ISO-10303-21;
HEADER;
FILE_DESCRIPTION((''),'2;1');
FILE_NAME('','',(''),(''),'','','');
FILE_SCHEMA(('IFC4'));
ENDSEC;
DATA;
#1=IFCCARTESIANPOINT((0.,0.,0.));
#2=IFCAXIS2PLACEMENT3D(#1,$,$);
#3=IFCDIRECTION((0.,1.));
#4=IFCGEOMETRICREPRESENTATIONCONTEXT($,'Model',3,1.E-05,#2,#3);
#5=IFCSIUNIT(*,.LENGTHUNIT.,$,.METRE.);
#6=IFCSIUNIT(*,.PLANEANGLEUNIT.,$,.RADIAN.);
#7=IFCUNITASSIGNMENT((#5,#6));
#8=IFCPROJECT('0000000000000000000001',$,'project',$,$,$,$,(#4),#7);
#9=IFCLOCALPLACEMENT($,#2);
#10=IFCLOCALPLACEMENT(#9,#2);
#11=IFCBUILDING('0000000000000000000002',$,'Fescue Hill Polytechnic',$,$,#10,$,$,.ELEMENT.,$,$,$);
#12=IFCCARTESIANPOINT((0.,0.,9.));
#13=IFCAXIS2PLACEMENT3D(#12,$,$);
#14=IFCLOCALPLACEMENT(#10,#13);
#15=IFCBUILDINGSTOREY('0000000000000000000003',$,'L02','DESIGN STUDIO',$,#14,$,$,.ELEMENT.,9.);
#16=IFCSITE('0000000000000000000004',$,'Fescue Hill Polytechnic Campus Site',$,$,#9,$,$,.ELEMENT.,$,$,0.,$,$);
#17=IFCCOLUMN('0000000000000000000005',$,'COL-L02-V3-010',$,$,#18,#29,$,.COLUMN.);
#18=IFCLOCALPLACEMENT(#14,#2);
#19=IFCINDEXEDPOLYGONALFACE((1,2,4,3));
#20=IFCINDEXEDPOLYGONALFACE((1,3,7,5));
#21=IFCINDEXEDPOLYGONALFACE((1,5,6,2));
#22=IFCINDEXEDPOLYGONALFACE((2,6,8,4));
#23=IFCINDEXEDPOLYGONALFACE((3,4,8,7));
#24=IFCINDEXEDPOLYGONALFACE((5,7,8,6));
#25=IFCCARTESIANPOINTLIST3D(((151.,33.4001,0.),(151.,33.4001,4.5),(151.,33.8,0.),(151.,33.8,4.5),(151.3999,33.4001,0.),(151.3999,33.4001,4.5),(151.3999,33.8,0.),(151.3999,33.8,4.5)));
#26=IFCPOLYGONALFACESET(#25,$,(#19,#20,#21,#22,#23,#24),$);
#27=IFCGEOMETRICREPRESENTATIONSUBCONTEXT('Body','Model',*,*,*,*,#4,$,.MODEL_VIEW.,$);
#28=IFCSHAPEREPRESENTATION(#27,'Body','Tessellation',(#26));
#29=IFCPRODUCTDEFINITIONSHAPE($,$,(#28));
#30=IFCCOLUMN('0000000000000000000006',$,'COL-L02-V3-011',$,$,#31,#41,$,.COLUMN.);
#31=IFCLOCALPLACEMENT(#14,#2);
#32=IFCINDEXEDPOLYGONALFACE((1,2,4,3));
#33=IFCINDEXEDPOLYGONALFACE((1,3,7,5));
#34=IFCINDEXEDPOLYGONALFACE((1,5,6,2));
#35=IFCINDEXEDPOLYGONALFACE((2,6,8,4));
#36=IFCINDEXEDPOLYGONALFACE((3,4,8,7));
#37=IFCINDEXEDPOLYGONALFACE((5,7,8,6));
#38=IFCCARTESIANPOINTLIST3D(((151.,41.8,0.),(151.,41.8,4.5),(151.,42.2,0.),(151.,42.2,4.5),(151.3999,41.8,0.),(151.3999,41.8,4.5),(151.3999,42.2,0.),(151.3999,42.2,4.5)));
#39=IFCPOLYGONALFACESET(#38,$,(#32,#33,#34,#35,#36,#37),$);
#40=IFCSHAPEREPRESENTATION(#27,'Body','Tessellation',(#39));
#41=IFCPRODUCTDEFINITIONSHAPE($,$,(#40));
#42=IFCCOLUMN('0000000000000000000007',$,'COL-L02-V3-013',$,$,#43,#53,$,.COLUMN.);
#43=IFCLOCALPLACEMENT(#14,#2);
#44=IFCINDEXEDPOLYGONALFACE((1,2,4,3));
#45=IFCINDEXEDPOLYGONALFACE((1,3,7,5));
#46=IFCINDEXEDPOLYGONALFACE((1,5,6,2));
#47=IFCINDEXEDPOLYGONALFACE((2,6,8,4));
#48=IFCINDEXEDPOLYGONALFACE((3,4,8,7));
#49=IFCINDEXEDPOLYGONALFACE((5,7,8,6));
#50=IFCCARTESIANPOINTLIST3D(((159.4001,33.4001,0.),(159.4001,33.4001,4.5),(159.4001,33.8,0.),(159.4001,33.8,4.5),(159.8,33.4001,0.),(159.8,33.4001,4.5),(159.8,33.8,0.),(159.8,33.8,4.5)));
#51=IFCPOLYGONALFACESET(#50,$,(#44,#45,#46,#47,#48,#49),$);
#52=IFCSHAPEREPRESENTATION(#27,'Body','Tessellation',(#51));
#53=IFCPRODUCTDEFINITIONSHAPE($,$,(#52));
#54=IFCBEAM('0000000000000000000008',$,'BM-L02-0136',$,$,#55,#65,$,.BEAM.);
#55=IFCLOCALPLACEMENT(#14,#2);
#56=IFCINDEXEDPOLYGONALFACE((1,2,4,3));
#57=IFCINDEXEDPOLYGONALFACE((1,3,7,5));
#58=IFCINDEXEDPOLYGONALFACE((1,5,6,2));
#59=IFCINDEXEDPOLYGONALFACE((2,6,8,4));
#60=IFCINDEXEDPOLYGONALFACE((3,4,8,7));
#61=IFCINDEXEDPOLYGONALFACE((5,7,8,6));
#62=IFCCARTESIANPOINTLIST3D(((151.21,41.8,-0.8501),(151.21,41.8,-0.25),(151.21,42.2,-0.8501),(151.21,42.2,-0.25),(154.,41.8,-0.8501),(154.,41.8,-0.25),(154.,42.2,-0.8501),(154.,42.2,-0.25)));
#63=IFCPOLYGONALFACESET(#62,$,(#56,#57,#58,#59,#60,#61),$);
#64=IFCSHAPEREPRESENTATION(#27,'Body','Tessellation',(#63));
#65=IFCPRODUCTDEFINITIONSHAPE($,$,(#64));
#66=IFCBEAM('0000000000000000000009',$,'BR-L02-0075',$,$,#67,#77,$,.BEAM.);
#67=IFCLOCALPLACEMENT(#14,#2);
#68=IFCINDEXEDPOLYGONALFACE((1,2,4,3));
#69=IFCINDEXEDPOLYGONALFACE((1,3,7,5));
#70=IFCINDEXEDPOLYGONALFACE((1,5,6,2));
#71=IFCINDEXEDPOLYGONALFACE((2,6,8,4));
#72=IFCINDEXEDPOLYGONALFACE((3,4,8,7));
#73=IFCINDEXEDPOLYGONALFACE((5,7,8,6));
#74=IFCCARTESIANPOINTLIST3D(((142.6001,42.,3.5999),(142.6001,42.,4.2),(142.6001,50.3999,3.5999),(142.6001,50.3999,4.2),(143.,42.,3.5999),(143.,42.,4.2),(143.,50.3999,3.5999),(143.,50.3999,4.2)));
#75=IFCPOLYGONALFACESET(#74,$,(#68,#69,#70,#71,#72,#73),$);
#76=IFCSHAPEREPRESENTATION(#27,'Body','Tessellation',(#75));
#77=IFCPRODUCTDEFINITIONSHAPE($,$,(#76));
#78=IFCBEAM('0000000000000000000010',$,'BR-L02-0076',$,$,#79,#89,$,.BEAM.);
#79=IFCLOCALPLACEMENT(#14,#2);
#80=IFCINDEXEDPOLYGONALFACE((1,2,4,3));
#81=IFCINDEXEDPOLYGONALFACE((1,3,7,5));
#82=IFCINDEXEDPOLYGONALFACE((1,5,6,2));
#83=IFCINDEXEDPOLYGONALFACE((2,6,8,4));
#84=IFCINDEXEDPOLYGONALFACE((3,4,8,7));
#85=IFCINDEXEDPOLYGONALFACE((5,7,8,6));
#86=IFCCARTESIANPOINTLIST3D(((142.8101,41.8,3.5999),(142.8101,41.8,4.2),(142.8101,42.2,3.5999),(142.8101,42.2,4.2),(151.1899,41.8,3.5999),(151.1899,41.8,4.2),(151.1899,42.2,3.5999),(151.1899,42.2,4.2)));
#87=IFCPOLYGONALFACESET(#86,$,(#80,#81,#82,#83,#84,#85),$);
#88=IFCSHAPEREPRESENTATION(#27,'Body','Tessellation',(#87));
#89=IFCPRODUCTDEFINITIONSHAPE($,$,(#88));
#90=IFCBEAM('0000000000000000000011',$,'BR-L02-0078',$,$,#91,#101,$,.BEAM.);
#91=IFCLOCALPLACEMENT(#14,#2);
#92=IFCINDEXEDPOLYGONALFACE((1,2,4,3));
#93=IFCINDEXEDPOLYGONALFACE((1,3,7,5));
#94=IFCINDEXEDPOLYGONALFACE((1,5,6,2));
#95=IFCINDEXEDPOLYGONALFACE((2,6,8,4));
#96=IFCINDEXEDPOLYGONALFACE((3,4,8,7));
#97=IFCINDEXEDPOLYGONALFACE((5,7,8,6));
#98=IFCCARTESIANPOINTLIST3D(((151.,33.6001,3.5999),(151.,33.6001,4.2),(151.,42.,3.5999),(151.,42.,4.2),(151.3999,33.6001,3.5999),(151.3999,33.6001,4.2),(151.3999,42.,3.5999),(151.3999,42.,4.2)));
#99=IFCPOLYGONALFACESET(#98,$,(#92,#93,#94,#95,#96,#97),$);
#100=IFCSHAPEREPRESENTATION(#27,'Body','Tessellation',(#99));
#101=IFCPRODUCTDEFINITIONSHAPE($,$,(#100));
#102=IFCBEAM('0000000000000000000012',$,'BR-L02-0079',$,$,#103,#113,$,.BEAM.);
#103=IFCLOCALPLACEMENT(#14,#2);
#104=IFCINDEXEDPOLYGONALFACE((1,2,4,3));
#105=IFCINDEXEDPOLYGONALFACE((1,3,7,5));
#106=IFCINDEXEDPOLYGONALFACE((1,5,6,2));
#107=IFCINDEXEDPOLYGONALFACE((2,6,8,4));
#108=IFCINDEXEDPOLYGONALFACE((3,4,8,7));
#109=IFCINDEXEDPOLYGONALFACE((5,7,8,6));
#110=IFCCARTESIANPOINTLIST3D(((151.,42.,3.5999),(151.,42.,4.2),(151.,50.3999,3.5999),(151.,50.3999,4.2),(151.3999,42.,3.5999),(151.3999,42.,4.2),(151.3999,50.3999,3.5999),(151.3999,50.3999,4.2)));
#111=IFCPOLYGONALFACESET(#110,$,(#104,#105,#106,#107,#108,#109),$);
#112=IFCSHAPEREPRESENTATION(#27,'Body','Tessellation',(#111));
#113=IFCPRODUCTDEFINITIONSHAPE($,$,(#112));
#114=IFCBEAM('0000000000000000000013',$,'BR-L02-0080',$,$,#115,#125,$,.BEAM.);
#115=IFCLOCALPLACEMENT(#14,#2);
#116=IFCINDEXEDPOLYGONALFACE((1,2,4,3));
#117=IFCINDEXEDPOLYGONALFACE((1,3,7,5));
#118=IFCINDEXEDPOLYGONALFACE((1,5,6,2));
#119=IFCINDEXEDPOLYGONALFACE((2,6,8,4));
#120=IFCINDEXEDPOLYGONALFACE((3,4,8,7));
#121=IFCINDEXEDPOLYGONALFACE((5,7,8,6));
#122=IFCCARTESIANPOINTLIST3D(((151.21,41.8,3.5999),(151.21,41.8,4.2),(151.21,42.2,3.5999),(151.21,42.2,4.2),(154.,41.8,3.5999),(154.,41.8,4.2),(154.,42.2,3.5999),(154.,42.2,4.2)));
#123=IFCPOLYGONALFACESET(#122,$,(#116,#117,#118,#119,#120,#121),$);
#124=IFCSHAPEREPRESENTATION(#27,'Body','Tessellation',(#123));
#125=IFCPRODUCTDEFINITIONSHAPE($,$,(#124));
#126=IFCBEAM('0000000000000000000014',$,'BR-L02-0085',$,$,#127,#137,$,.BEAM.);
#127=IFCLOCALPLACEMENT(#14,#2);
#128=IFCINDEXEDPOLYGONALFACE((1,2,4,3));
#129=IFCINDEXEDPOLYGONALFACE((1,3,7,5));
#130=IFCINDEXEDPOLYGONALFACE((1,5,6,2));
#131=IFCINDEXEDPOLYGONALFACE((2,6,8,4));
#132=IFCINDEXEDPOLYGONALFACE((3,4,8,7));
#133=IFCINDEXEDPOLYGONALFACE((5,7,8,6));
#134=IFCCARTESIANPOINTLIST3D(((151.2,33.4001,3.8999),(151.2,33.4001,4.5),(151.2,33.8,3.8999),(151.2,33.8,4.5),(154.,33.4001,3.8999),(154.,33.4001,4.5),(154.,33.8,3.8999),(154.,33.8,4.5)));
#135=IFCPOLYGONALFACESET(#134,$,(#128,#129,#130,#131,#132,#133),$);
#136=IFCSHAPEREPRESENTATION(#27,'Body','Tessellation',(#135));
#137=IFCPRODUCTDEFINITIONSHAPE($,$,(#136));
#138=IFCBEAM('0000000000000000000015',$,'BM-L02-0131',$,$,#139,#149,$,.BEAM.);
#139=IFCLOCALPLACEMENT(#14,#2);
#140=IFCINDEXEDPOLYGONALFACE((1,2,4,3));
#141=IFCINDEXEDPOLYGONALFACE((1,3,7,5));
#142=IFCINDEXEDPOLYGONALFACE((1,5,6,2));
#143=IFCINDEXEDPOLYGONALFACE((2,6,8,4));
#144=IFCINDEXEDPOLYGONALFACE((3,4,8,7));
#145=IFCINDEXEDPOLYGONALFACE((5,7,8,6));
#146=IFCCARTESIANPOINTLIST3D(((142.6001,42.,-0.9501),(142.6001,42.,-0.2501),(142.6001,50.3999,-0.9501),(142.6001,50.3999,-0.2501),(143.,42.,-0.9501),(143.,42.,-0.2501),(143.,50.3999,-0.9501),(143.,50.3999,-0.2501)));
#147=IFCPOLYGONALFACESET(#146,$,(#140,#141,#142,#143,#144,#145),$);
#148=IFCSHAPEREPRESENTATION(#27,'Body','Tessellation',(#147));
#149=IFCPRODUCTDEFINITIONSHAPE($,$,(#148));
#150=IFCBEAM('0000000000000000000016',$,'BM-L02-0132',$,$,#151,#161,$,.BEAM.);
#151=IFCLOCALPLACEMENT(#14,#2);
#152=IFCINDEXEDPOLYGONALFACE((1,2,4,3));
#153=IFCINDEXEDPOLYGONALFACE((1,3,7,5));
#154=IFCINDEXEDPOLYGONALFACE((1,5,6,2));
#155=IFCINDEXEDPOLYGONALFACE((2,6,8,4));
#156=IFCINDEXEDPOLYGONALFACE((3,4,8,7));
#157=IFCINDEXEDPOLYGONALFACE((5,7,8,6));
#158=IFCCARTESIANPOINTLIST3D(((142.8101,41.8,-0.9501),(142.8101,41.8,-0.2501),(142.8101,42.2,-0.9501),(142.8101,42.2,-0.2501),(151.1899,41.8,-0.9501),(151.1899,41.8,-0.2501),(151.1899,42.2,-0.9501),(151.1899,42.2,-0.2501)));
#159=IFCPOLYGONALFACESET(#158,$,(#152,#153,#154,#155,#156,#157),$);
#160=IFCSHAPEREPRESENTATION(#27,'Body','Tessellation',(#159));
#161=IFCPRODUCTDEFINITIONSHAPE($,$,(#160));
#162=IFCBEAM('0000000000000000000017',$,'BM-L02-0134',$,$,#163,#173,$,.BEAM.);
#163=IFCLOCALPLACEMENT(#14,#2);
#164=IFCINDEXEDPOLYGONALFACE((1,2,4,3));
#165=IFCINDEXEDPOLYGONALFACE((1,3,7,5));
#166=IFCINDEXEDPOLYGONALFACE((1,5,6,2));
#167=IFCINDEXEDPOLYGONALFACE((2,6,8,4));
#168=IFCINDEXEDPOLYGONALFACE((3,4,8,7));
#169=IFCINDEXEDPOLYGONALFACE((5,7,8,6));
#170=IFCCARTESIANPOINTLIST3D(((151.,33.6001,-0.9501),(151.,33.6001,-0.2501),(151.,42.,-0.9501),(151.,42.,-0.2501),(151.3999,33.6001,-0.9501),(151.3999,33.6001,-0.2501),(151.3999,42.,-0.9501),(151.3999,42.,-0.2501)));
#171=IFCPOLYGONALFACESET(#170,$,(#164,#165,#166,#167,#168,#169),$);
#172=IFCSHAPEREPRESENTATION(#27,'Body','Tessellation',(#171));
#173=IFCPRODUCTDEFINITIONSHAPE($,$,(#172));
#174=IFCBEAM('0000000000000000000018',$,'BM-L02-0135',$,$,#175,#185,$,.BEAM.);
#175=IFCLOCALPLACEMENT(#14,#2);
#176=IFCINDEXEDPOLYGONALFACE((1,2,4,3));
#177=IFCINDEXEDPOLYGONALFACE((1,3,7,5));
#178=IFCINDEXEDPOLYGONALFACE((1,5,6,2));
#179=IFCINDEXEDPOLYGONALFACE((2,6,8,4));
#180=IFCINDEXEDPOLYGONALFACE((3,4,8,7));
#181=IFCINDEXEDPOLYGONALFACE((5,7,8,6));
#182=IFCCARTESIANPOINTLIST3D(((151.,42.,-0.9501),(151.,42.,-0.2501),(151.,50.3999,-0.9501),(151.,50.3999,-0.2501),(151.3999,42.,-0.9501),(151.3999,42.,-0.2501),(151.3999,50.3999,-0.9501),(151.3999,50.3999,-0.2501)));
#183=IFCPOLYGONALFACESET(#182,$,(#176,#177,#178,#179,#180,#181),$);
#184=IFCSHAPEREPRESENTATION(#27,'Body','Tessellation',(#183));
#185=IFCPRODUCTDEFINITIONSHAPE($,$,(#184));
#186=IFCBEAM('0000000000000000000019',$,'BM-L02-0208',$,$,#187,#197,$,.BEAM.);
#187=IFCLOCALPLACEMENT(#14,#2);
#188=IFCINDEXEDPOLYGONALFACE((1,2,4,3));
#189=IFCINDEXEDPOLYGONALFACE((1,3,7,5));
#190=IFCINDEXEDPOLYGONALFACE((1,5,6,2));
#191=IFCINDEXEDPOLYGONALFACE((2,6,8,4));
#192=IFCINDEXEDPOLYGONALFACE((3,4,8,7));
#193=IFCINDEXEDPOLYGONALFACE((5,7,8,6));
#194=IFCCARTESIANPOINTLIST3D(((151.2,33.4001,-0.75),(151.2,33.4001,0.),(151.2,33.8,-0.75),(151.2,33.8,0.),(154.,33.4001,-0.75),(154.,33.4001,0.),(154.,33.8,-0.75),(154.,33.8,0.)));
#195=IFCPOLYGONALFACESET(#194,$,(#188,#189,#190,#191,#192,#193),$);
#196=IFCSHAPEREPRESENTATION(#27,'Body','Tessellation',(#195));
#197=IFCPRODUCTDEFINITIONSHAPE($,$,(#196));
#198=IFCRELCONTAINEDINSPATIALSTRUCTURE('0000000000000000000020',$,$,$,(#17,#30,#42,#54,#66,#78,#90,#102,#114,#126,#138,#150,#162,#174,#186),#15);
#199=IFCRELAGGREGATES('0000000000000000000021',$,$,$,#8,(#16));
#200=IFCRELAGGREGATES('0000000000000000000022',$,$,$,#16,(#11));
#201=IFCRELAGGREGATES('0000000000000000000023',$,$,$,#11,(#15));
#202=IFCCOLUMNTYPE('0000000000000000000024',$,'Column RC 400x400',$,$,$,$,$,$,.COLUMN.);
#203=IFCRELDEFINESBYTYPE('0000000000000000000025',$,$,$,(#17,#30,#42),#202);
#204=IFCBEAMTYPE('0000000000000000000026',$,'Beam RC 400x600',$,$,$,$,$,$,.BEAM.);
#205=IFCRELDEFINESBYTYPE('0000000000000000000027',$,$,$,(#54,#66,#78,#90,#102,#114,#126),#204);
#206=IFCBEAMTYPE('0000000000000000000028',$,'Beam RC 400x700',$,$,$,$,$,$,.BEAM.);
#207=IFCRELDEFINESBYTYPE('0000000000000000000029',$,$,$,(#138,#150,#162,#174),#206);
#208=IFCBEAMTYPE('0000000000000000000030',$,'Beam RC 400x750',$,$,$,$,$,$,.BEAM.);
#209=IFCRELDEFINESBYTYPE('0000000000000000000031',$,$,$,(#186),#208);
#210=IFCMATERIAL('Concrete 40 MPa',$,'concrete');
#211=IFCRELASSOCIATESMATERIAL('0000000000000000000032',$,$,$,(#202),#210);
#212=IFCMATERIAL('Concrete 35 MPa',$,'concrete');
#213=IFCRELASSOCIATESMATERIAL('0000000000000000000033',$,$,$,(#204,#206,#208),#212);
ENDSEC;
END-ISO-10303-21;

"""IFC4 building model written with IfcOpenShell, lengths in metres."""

from ifc_helpers import new_model, si_unit, direction, frame, origin, origin_2d, place, context, subcontext, project, spatial, rectangle, extrude, material, material_profile, profile_set, type_object, element, save


model = new_model("IFC4")

# Units and contexts
model_context = context("Model", 3, precision=1e-05, world=origin(), true_north=direction((0.0, 1.0)))
body_context = subcontext(model_context, "Body", "Model", "MODEL_VIEW")
ifc_project = project(units=[si_unit("LENGTHUNIT", "METRE"), si_unit("PLANEANGLEUNIT", "RADIAN")], contexts=[model_context])

# Site, building, storey
site_placement = place(None, origin())
site = spatial("IfcSite", under=ifc_project, at=site_placement, Name="Fescue Hill Polytechnic Campus Site", CompositionType="ELEMENT", RefElevation=0.0)
building_placement = place(site_placement, origin())
building = spatial("IfcBuilding", under=site, at=building_placement, Name="Fescue Hill Polytechnic", CompositionType="ELEMENT")
storey_placement = place(building_placement, frame((0.0, 0.0, 9.0)))
storey = spatial("IfcBuildingStorey", under=building, at=storey_placement, Name="L02", Description="DESIGN STUDIO", CompositionType="ELEMENT", Elevation=9.0)

# Columns
ifc_material_1 = material(Name="Concrete 40 MPa", Category="concrete")
ifc_material_profile_1 = material_profile(ifc_material_1, rectangle(XDim=0.3999, YDim=0.3999, at=origin_2d()), Name="RC 400x400")
ifc_profile_set_1 = profile_set([ifc_material_profile_1], Name="Concrete 40 MPa")
column_type = type_object("IfcColumnType", Name="Column RC 400x400", PredefinedType="COLUMN", material=ifc_profile_set_1)
for number, where, z_axis, x_axis, name in (
    (1, (151.2, 33.6001, 0.0), (0.0, 0.0, 1.0), (1.0, 0.0, 0.0), "COL-L02-V3-010"),
    (2, (151.2, 42.0, 0.0), (0.0, 0.0, 1.0), (1.0, 0.0, 0.0), "COL-L02-V3-011"),
    (3, (159.6001, 33.6001, 0.0), (0.0, 0.0, 1.0), (1.0, 0.0, 0.0), "COL-L02-V3-013"),
):
    element("IfcColumn", number, at=place(storey_placement, frame(where, z_axis=z_axis, x_axis=x_axis)), inside=storey, type_object=column_type, Name=name, PredefinedType="COLUMN", context=body_context, shape_type="SweptSolid", body=[
        extrude(rectangle(XDim=0.3999, YDim=0.3999, at=origin_2d()), origin(), (0.0, 0.0, 1.0), 4.5),
    ])

# Beams
ifc_material_2 = material(Name="Concrete 35 MPa", Category="concrete")
ifc_material_profile_2 = material_profile(ifc_material_2, rectangle(XDim=0.3999, YDim=0.6001, at=origin_2d()), Name="RC 400x600")
ifc_profile_set_2 = profile_set([ifc_material_profile_2], Name="Concrete 35 MPa")
beam_type_1 = type_object("IfcBeamType", Name="Beam RC 400x600", PredefinedType="BEAM", material=ifc_profile_set_2)
beam_1_placement = place(storey_placement, frame((151.21, 42.0, -0.55), z_axis=(1.0, 0.0, 0.0), x_axis=(0.0, 1.0, 0.0)))
element("IfcBeam", 4, at=beam_1_placement, inside=storey, type_object=beam_type_1, Name="BM-L02-0136", PredefinedType="BEAM", context=body_context, shape_type="SweptSolid", body=[
    extrude(rectangle(XDim=0.3999, YDim=0.6001, at=origin_2d()), origin(), (0.0, 0.0, 1.0), 2.79),
])
beam_2_placement = place(storey_placement, frame((142.8, 42.0, 3.8999), z_axis=(0.0, 1.0, 0.0), x_axis=(-1.0, 0.0, 0.0)))
element("IfcBeam", 5, at=beam_2_placement, inside=storey, type_object=beam_type_1, Name="BR-L02-0075", PredefinedType="BEAM", context=body_context, shape_type="SweptSolid", body=[
    extrude(rectangle(XDim=0.3999, YDim=0.6001, at=origin_2d()), origin(), (0.0, 0.0, 1.0), 8.3999),
])
beam_3_placement = place(storey_placement, frame((142.8101, 42.0, 3.8999), z_axis=(1.0, 0.0, 0.0), x_axis=(0.0, 1.0, 0.0)))
element("IfcBeam", 6, at=beam_3_placement, inside=storey, type_object=beam_type_1, Name="BR-L02-0076", PredefinedType="BEAM", context=body_context, shape_type="SweptSolid", body=[
    extrude(rectangle(XDim=0.3999, YDim=0.6001, at=origin_2d()), origin(), (0.0, 0.0, 1.0), 8.3799),
])
for number, where, z_axis, x_axis, name in (
    (7, (151.2, 33.6001, 3.8999), (0.0, 1.0, 0.0), (-1.0, 0.0, 0.0), "BR-L02-0078"),
    (8, (151.2, 42.0, 3.8999), (0.0, 1.0, 0.0), (-1.0, 0.0, 0.0), "BR-L02-0079"),
):
    element("IfcBeam", number, at=place(storey_placement, frame(where, z_axis=z_axis, x_axis=x_axis)), inside=storey, type_object=beam_type_1, Name=name, PredefinedType="BEAM", context=body_context, shape_type="SweptSolid", body=[
        extrude(rectangle(XDim=0.3999, YDim=0.6001, at=origin_2d()), origin(), (0.0, 0.0, 1.0), 8.3999),
    ])
beam_4_placement = place(storey_placement, frame((151.21, 42.0, 3.8999), z_axis=(1.0, 0.0, 0.0), x_axis=(0.0, 1.0, 0.0)))
element("IfcBeam", 9, at=beam_4_placement, inside=storey, type_object=beam_type_1, Name="BR-L02-0080", PredefinedType="BEAM", context=body_context, shape_type="SweptSolid", body=[
    extrude(rectangle(XDim=0.3999, YDim=0.6001, at=origin_2d()), origin(), (0.0, 0.0, 1.0), 2.79),
])
beam_5_placement = place(storey_placement, frame((151.2, 33.6001, 4.2), z_axis=(1.0, 0.0, 0.0), x_axis=(0.0, 1.0, 0.0)))
element("IfcBeam", 10, at=beam_5_placement, inside=storey, type_object=beam_type_1, Name="BR-L02-0085", PredefinedType="BEAM", context=body_context, shape_type="SweptSolid", body=[
    extrude(rectangle(XDim=0.3999, YDim=0.6001, at=origin_2d()), origin(), (0.0, 0.0, 1.0), 2.8),
])
ifc_material_profile_3 = material_profile(ifc_material_2, rectangle(XDim=0.3999, YDim=0.7, at=origin_2d()), Name="RC 400x700")
ifc_profile_set_3 = profile_set([ifc_material_profile_3], Name="Concrete 35 MPa")
beam_type_2 = type_object("IfcBeamType", Name="Beam RC 400x700", PredefinedType="BEAM", material=ifc_profile_set_3)
beam_6_placement = place(storey_placement, frame((142.8, 42.0, -0.6001), z_axis=(0.0, 1.0, 0.0), x_axis=(-1.0, 0.0, 0.0)))
element("IfcBeam", 11, at=beam_6_placement, inside=storey, type_object=beam_type_2, Name="BM-L02-0131", PredefinedType="BEAM", context=body_context, shape_type="SweptSolid", body=[
    extrude(rectangle(XDim=0.3999, YDim=0.7, at=origin_2d()), origin(), (0.0, 0.0, 1.0), 8.3999),
])
beam_7_placement = place(storey_placement, frame((142.8101, 42.0, -0.6001), z_axis=(1.0, 0.0, 0.0), x_axis=(0.0, 1.0, 0.0)))
element("IfcBeam", 12, at=beam_7_placement, inside=storey, type_object=beam_type_2, Name="BM-L02-0132", PredefinedType="BEAM", context=body_context, shape_type="SweptSolid", body=[
    extrude(rectangle(XDim=0.3999, YDim=0.7, at=origin_2d()), origin(), (0.0, 0.0, 1.0), 8.3799),
])
for number, where, z_axis, x_axis, name in (
    (13, (151.2, 33.6001, -0.6001), (0.0, 1.0, 0.0), (-1.0, 0.0, 0.0), "BM-L02-0134"),
    (14, (151.2, 42.0, -0.6001), (0.0, 1.0, 0.0), (-1.0, 0.0, 0.0), "BM-L02-0135"),
):
    element("IfcBeam", number, at=place(storey_placement, frame(where, z_axis=z_axis, x_axis=x_axis)), inside=storey, type_object=beam_type_2, Name=name, PredefinedType="BEAM", context=body_context, shape_type="SweptSolid", body=[
        extrude(rectangle(XDim=0.3999, YDim=0.7, at=origin_2d()), origin(), (0.0, 0.0, 1.0), 8.3999),
    ])
ifc_material_profile_4 = material_profile(ifc_material_2, rectangle(XDim=0.3999, YDim=0.75, at=origin_2d()), Name="RC 400x750")
ifc_profile_set_4 = profile_set([ifc_material_profile_4], Name="Concrete 35 MPa")
beam_type_3 = type_object("IfcBeamType", Name="Beam RC 400x750", PredefinedType="BEAM", material=ifc_profile_set_4)
beam_8_placement = place(storey_placement, frame((151.2, 33.6001, -0.375), z_axis=(1.0, 0.0, 0.0), x_axis=(0.0, 1.0, 0.0)))
element("IfcBeam", 15, at=beam_8_placement, inside=storey, type_object=beam_type_3, Name="BM-L02-0208", PredefinedType="BEAM", context=body_context, shape_type="SweptSolid", body=[
    extrude(rectangle(XDim=0.3999, YDim=0.75, at=origin_2d()), origin(), (0.0, 0.0, 1.0), 2.8),
])

save(model, "model.ifc")
